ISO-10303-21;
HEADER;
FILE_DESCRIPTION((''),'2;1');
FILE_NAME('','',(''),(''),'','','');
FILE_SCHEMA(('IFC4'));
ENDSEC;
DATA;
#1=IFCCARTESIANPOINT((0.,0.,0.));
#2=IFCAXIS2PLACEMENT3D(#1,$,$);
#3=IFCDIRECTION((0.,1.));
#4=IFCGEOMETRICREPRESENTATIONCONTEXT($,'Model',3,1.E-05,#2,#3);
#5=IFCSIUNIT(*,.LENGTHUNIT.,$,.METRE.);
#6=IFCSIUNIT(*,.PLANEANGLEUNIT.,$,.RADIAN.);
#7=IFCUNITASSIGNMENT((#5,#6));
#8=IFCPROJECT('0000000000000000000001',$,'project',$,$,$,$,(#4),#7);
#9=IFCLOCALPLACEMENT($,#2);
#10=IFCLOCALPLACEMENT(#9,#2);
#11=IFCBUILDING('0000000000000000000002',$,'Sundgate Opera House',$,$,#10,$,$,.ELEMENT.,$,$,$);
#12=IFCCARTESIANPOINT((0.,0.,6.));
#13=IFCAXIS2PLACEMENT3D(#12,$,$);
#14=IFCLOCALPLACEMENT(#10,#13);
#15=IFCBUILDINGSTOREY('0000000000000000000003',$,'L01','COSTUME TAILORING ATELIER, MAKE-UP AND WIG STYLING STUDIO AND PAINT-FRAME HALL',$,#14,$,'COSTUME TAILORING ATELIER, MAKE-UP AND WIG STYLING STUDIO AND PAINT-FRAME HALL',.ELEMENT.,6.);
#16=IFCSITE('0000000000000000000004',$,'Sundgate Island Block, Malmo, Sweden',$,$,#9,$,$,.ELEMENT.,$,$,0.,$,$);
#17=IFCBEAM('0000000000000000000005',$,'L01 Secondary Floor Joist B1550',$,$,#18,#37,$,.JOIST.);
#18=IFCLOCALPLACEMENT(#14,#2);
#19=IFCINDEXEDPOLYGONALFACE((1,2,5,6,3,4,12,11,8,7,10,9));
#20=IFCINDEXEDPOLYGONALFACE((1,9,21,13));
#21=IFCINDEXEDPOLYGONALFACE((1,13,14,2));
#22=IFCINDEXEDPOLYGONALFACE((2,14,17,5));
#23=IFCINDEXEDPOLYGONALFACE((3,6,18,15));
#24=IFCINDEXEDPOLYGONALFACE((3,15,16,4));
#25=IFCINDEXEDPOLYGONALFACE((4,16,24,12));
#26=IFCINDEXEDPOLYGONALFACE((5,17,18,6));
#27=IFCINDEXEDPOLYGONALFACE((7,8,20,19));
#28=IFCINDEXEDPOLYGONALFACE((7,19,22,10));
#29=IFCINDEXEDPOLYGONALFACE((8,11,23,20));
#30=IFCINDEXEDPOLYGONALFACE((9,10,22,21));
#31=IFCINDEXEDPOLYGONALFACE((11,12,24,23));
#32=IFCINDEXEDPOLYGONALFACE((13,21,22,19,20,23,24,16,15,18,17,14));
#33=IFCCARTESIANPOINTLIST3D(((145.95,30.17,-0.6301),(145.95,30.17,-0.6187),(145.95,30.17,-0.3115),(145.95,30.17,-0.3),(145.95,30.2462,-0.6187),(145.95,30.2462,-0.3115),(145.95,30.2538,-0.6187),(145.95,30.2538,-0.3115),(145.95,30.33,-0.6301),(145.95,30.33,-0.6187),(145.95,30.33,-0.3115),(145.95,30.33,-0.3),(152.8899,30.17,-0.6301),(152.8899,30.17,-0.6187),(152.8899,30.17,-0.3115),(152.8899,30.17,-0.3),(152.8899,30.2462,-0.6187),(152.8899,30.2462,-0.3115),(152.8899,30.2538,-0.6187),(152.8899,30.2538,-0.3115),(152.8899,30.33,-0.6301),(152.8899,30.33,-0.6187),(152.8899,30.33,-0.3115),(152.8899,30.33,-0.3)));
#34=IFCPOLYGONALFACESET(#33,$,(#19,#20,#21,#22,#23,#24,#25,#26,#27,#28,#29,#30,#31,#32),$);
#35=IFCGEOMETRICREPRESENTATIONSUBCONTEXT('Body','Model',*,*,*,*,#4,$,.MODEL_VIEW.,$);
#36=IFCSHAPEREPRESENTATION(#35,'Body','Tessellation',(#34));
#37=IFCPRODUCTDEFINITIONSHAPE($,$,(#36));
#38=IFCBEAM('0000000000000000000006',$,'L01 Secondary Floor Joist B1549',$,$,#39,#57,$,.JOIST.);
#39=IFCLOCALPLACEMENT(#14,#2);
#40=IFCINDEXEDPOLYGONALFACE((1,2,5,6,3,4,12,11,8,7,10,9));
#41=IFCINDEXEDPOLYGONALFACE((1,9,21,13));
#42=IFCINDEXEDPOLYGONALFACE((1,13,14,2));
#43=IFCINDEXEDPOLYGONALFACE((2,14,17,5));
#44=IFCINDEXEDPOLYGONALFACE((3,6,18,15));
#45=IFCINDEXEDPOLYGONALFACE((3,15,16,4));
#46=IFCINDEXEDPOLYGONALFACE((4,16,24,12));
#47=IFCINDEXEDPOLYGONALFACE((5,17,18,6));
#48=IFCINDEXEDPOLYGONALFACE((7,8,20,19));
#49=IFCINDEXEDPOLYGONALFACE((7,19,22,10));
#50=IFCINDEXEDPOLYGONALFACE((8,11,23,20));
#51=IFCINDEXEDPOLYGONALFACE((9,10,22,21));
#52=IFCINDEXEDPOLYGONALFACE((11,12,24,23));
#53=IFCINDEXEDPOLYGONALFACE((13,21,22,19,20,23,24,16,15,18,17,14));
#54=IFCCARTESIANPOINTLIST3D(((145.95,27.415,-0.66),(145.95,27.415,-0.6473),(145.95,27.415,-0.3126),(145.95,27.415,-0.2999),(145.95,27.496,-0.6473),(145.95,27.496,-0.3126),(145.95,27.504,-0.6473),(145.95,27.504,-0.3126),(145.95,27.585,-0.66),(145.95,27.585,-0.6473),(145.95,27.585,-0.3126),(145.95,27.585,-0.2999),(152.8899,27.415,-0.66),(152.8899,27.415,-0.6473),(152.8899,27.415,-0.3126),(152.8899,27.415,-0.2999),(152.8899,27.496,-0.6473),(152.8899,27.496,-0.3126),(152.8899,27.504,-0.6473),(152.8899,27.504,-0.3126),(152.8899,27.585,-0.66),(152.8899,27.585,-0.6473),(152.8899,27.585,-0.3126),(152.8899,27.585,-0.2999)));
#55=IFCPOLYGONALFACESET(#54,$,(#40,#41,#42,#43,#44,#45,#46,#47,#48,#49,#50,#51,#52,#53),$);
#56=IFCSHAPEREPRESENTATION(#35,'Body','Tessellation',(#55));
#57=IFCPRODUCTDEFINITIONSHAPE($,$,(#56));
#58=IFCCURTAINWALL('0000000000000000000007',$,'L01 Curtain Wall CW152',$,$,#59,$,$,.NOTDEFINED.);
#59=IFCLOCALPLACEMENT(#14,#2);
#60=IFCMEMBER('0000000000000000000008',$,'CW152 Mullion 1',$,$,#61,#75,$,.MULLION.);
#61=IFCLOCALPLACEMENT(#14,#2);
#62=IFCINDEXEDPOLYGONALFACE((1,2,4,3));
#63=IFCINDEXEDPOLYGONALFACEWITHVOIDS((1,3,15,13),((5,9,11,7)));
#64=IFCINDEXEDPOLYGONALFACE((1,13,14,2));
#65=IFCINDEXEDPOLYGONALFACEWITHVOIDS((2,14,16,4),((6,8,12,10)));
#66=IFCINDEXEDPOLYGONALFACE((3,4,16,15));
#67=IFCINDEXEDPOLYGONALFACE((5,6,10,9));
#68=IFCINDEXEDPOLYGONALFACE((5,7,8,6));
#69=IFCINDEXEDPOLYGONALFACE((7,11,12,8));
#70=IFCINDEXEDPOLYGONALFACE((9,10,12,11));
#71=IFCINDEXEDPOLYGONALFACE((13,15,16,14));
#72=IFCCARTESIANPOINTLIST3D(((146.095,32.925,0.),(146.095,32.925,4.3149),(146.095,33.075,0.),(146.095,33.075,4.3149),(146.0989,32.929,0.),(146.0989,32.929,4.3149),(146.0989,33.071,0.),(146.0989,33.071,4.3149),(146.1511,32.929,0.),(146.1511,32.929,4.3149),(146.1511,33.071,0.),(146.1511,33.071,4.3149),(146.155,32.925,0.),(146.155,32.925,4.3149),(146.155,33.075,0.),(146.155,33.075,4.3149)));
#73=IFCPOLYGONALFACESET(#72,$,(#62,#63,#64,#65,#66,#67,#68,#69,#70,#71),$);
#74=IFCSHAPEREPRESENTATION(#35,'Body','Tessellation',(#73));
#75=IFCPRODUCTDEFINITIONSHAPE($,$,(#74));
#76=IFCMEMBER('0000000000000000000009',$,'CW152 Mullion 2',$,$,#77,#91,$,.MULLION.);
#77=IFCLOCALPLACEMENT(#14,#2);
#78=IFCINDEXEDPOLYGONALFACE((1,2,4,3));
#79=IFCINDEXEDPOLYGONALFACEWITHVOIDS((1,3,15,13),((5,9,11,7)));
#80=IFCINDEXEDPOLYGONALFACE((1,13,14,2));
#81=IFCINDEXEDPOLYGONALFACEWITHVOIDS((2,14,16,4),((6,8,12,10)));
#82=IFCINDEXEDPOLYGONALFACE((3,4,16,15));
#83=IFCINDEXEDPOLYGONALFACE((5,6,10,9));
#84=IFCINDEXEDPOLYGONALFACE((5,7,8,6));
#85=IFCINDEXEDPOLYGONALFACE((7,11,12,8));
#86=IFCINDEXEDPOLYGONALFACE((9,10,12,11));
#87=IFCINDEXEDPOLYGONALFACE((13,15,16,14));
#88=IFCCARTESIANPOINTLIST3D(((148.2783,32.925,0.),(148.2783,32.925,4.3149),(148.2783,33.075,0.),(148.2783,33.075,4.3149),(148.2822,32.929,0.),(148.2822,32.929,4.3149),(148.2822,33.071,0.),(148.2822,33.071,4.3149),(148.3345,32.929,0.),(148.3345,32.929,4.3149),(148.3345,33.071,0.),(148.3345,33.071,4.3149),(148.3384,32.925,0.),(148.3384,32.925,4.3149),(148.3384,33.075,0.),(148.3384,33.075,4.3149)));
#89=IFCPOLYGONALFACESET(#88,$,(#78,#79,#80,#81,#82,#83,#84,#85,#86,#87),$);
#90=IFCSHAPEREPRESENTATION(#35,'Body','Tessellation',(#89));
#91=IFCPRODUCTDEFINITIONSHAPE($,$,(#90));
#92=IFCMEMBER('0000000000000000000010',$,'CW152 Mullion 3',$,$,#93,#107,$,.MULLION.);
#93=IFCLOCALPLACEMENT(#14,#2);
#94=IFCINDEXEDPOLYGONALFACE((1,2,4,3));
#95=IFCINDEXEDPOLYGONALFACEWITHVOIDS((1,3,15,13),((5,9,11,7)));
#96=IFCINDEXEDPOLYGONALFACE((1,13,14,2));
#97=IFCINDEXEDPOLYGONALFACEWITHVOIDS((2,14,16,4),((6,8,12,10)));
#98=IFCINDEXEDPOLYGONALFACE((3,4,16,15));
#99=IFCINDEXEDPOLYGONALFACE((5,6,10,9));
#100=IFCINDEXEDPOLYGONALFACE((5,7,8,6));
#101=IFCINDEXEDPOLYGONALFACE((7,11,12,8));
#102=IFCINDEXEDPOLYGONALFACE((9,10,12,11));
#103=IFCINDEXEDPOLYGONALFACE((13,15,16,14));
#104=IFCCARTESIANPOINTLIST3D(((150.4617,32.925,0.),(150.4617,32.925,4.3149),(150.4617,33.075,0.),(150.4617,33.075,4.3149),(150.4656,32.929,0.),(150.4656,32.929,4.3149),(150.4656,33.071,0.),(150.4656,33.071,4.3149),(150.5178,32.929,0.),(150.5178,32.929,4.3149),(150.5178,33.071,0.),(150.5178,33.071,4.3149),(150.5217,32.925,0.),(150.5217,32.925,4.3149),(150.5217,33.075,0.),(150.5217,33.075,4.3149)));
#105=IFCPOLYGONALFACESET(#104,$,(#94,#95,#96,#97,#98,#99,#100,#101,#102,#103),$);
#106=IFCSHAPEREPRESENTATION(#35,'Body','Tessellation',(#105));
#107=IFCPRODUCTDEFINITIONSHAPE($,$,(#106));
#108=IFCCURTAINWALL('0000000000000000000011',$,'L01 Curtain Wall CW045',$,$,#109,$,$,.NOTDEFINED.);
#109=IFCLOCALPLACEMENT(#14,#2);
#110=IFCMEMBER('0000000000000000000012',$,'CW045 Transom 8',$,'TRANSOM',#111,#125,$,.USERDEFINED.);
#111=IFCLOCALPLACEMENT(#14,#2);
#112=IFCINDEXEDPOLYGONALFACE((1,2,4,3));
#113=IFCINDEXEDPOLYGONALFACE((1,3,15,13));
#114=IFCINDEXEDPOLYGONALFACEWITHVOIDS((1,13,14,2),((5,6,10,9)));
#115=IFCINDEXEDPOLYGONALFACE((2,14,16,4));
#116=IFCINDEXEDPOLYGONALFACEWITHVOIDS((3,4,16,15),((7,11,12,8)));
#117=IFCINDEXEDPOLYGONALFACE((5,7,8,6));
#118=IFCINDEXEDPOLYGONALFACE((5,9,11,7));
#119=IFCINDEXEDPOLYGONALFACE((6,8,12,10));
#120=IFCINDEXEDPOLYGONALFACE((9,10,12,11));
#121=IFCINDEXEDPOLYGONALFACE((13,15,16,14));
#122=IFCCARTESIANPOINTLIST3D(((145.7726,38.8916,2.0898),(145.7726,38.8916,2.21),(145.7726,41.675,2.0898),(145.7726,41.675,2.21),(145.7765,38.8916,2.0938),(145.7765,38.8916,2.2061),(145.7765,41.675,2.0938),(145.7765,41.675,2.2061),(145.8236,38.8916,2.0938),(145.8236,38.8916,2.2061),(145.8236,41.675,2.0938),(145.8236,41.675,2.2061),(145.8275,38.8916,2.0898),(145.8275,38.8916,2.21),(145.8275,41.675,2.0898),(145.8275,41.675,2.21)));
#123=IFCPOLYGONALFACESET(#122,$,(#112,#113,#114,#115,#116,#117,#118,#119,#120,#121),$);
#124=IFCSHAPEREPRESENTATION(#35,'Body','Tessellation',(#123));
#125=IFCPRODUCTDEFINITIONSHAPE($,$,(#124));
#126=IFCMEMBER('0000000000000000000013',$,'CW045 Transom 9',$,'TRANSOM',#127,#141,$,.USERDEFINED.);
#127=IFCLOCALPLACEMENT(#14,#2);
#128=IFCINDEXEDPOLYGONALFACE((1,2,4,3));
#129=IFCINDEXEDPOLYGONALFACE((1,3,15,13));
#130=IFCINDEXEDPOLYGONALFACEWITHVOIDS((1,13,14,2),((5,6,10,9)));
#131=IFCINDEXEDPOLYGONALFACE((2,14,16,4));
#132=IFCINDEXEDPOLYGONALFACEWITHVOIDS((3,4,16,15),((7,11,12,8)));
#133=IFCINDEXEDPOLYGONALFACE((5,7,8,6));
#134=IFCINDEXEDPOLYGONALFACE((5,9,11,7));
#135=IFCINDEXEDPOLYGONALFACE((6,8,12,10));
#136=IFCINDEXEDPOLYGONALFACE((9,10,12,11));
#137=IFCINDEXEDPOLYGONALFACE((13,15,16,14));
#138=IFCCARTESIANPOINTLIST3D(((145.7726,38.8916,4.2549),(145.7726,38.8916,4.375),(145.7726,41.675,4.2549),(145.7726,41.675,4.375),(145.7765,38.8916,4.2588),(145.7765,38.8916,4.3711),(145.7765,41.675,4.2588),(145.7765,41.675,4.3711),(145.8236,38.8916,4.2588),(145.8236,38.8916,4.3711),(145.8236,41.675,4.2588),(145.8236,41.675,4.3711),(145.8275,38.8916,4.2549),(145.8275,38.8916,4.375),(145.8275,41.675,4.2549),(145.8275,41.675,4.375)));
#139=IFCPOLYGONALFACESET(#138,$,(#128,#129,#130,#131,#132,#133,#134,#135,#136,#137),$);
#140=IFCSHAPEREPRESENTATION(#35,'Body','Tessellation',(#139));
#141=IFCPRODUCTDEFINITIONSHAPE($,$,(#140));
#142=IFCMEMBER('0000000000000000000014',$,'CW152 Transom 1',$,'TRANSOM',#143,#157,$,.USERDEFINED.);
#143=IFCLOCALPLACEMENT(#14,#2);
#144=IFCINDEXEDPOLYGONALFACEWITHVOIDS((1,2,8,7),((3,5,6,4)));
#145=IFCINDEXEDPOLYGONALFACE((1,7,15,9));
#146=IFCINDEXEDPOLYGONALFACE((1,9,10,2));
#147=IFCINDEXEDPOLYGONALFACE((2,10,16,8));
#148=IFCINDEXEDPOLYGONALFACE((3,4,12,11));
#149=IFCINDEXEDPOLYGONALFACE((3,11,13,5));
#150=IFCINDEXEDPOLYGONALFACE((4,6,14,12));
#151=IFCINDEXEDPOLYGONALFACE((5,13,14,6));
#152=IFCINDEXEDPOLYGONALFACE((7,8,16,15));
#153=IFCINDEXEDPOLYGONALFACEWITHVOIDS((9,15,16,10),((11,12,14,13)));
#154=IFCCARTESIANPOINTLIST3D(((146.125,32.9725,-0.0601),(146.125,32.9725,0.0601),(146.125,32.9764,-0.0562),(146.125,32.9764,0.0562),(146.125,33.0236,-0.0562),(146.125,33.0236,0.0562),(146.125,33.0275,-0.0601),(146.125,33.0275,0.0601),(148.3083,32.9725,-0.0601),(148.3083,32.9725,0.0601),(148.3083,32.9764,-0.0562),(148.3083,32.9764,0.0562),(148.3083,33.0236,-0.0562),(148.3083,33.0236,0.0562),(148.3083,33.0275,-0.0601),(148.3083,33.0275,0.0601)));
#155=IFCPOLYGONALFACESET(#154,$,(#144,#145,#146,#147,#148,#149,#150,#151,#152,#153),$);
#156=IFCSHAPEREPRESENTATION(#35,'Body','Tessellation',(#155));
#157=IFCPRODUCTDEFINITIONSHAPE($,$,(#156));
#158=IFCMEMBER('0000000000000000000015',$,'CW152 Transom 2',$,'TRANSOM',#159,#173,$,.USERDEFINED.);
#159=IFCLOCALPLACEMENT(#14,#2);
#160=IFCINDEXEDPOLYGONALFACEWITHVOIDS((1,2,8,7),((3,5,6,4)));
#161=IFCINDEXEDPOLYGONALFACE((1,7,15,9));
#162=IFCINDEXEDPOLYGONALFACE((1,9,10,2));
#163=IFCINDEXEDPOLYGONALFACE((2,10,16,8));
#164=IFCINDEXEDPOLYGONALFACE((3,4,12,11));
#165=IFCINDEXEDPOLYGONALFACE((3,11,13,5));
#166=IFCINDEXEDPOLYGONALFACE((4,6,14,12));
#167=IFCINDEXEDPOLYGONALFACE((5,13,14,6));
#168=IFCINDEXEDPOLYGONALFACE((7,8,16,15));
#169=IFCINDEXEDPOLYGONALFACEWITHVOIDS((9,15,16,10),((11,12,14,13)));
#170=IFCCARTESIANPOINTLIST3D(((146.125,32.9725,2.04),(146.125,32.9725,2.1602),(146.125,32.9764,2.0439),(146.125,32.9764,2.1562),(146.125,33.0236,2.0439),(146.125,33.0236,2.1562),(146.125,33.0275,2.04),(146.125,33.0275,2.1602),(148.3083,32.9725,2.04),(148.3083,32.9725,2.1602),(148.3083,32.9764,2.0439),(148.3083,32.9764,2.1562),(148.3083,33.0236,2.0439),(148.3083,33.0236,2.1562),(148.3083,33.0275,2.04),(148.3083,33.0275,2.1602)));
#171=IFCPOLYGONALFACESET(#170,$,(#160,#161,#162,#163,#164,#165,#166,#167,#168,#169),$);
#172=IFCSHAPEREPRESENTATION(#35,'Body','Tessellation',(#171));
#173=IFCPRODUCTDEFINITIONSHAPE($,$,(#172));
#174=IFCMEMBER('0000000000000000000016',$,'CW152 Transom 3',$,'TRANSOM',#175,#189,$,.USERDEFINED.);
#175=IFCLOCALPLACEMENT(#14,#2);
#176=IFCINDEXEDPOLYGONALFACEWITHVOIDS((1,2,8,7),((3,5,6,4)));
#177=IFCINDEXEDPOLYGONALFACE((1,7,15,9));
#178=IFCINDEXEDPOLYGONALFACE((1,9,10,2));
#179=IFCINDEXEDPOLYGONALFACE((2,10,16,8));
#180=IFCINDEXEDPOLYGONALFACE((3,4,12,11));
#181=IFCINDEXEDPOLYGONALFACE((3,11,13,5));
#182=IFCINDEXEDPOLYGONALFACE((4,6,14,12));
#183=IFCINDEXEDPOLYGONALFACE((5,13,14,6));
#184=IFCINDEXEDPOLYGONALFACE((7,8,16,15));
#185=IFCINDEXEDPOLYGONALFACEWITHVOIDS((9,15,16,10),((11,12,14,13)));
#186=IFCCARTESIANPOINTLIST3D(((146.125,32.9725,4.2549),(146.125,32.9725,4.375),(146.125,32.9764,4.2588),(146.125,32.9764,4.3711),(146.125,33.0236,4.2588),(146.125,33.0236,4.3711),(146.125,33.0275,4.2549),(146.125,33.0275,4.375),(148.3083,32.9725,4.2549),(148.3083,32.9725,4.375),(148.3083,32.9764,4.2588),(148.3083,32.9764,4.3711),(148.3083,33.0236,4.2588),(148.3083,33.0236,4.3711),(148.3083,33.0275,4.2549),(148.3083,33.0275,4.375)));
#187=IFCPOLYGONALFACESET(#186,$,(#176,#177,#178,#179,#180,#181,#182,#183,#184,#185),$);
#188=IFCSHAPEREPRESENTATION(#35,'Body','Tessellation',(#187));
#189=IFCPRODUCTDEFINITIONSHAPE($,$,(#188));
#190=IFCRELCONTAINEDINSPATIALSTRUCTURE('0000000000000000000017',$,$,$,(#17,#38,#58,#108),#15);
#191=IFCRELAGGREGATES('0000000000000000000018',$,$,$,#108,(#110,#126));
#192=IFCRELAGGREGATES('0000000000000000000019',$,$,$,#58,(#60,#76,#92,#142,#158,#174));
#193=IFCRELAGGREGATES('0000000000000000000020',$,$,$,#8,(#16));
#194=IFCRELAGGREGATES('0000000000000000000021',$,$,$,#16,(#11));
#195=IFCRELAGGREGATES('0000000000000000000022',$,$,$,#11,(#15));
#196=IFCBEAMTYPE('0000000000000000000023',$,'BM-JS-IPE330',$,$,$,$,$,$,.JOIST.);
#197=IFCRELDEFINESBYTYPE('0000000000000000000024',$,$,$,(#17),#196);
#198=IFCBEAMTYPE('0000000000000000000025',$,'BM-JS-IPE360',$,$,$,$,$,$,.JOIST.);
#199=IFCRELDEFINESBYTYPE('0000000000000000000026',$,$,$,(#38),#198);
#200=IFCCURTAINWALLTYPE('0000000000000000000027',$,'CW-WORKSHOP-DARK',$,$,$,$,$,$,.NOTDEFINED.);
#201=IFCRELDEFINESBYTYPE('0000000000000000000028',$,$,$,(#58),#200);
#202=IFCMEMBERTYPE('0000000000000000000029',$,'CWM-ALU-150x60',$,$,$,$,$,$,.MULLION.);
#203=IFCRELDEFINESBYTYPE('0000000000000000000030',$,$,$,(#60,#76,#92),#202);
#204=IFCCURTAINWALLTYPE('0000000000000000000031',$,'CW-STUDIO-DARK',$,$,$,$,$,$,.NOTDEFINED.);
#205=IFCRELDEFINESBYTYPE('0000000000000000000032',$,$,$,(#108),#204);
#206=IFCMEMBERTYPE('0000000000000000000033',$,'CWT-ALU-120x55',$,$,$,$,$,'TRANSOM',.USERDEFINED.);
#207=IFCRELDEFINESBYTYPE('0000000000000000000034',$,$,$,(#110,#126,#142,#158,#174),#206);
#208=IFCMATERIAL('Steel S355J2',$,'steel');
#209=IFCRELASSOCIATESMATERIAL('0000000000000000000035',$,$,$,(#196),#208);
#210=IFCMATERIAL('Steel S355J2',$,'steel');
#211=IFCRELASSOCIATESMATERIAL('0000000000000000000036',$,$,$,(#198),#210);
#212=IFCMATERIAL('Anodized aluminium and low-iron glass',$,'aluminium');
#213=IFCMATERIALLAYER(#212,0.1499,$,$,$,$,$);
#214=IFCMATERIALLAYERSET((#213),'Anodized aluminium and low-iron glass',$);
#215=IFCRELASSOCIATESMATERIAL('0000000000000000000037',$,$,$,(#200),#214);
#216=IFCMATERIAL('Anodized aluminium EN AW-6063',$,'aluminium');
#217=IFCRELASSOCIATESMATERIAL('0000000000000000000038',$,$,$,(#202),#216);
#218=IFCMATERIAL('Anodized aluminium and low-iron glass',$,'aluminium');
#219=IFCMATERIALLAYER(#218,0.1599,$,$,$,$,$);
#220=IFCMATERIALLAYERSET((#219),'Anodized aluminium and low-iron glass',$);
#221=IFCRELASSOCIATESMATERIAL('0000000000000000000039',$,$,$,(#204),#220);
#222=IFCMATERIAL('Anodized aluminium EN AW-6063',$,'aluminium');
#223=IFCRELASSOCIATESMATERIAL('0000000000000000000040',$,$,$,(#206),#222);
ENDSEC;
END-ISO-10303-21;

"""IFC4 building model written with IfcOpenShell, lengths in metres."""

from ifc_helpers import new_model, si_unit, direction, frame, origin, origin_2d, place, context, subcontext, project, spatial, hollow_rectangle, i_section, extrude, material, layer, layer_set, material_profile, profile_set, type_object, element, aggregate, save


model = new_model("IFC4")

# Units and contexts
model_context = context("Model", 3, precision=1e-05, world=origin(), true_north=direction((0.0, 1.0)))
body_context = subcontext(model_context, "Body", "Model", "MODEL_VIEW")
ifc_project = project(units=[si_unit("LENGTHUNIT", "METRE"), si_unit("PLANEANGLEUNIT", "RADIAN")], contexts=[model_context])

# Site, building, storey
site_placement = place(None, origin())
site = spatial("IfcSite", under=ifc_project, at=site_placement, Name="Sundgate Island Block, Malmo, Sweden", CompositionType="ELEMENT", RefElevation=0.0)
building_placement = place(site_placement, origin())
building = spatial("IfcBuilding", under=site, at=building_placement, Name="Sundgate Opera House", CompositionType="ELEMENT")
storey_placement = place(building_placement, frame((0.0, 0.0, 6.0)))
storey = spatial("IfcBuildingStorey", under=building, at=storey_placement, Name="L01", Description="COSTUME TAILORING ATELIER, MAKE-UP AND WIG STYLING STUDIO AND PAINT-FRAME HALL", LongName="COSTUME TAILORING ATELIER, MAKE-UP AND WIG STYLING STUDIO AND PAINT-FRAME HALL", CompositionType="ELEMENT", Elevation=6.0)

# Beams
ifc_material_1 = material(Name="Steel S355J2", Category="steel")
ifc_material_profile_1 = material_profile(ifc_material_1, i_section(OverallWidth=0.1599, OverallDepth=0.3301, WebThickness=0.0076, FlangeThickness=0.0115, at=origin_2d()), Name="IPE 330")
ifc_profile_set_1 = profile_set([ifc_material_profile_1], Name="Steel S355J2")
beam_type_1 = type_object("IfcBeamType", Name="BM-JS-IPE330", PredefinedType="JOIST", material=ifc_profile_set_1)
beam_1_placement = place(storey_placement, frame((145.95, 30.25, -0.4651), z_axis=(1.0, 0.0, 0.0), x_axis=(0.0, 1.0, 0.0)))
element("IfcBeam", 1, at=beam_1_placement, inside=storey, type_object=beam_type_1, Name="L01 Secondary Floor Joist B1550", PredefinedType="JOIST", context=body_context, shape_type="SweptSolid", body=[
    extrude(i_section(OverallWidth=0.1599, OverallDepth=0.3301, WebThickness=0.0076, FlangeThickness=0.0115, at=origin_2d()), origin(), (0.0, 0.0, 1.0), 6.9399),
])
ifc_material_2 = material(Name="Steel S355J2", Category="steel")
ifc_material_profile_2 = material_profile(ifc_material_2, i_section(OverallWidth=0.1699, OverallDepth=0.3601, WebThickness=0.0081, FlangeThickness=0.0127, at=origin_2d()), Name="IPE 360")
ifc_profile_set_2 = profile_set([ifc_material_profile_2], Name="Steel S355J2")
beam_type_2 = type_object("IfcBeamType", Name="BM-JS-IPE360", PredefinedType="JOIST", material=ifc_profile_set_2)
beam_2_placement = place(storey_placement, frame((145.95, 27.5, -0.48), z_axis=(1.0, 0.0, 0.0), x_axis=(0.0, 1.0, 0.0)))
element("IfcBeam", 2, at=beam_2_placement, inside=storey, type_object=beam_type_2, Name="L01 Secondary Floor Joist B1549", PredefinedType="JOIST", context=body_context, shape_type="SweptSolid", body=[
    extrude(i_section(OverallWidth=0.1699, OverallDepth=0.3601, WebThickness=0.0081, FlangeThickness=0.0127, at=origin_2d()), origin(), (0.0, 0.0, 1.0), 6.9399),
])

# Curtain walls, members
ifc_material_3 = material(Name="Anodized aluminium and low-iron glass", Category="aluminium")
ifc_layer_1 = layer(ifc_material_3, 0.1499)
ifc_layer_set_1 = layer_set([ifc_layer_1], Name="Anodized aluminium and low-iron glass")
curtain_wall_type_1 = type_object("IfcCurtainWallType", Name="CW-WORKSHOP-DARK", PredefinedType="NOTDEFINED", material=ifc_layer_set_1)
curtain_wall_1_placement = place(storey_placement, origin())
curtain_wall_1 = element("IfcCurtainWall", 3, at=curtain_wall_1_placement, inside=storey, type_object=curtain_wall_type_1, Name="L01 Curtain Wall CW152", PredefinedType="NOTDEFINED")
ifc_material_4 = material(Name="Anodized aluminium EN AW-6063", Category="aluminium")
ifc_material_profile_3 = material_profile(ifc_material_4, hollow_rectangle(XDim=0.0601, YDim=0.1499, WallThickness=0.0039, at=origin_2d()), Name="CWM 150x60x4")
ifc_profile_set_3 = profile_set([ifc_material_profile_3], Name="Anodized aluminium EN AW-6063")
member_type_1 = type_object("IfcMemberType", Name="CWM-ALU-150x60", PredefinedType="MULLION", material=ifc_profile_set_3)
member_1_placement = place(storey_placement, frame((146.125, 33.0, 0.0), z_axis=(0.0, 0.0, 1.0), x_axis=(1.0, 0.0, 0.0)))
member_1 = element("IfcMember", 4, at=member_1_placement, type_object=member_type_1, Name="CW152 Mullion 1", PredefinedType="MULLION", context=body_context, shape_type="SweptSolid", body=[
    extrude(hollow_rectangle(XDim=0.0601, YDim=0.1499, WallThickness=0.0039, at=origin_2d()), origin(), (0.0, 0.0, 1.0), 4.3149),
])
member_2_placement = place(storey_placement, frame((148.3083, 33.0, 0.0), z_axis=(0.0, 0.0, 1.0), x_axis=(1.0, 0.0, 0.0)))
member_2 = element("IfcMember", 5, at=member_2_placement, type_object=member_type_1, Name="CW152 Mullion 2", PredefinedType="MULLION", context=body_context, shape_type="SweptSolid", body=[
    extrude(hollow_rectangle(XDim=0.0601, YDim=0.1499, WallThickness=0.0039, at=origin_2d()), origin(), (0.0, 0.0, 1.0), 4.3149),
])
member_3_placement = place(storey_placement, frame((150.4917, 33.0, 0.0), z_axis=(0.0, 0.0, 1.0), x_axis=(1.0, 0.0, 0.0)))
member_3 = element("IfcMember", 6, at=member_3_placement, type_object=member_type_1, Name="CW152 Mullion 3", PredefinedType="MULLION", context=body_context, shape_type="SweptSolid", body=[
    extrude(hollow_rectangle(XDim=0.0601, YDim=0.1499, WallThickness=0.0039, at=origin_2d()), origin(), (0.0, 0.0, 1.0), 4.3149),
])
ifc_material_5 = material(Name="Anodized aluminium and low-iron glass", Category="aluminium")
ifc_layer_2 = layer(ifc_material_5, 0.1599)
ifc_layer_set_2 = layer_set([ifc_layer_2], Name="Anodized aluminium and low-iron glass")
curtain_wall_type_2 = type_object("IfcCurtainWallType", Name="CW-STUDIO-DARK", PredefinedType="NOTDEFINED", material=ifc_layer_set_2)
curtain_wall_2_placement = place(storey_placement, origin())
curtain_wall_2 = element("IfcCurtainWall", 7, at=curtain_wall_2_placement, inside=storey, type_object=curtain_wall_type_2, Name="L01 Curtain Wall CW045", PredefinedType="NOTDEFINED")
ifc_material_6 = material(Name="Anodized aluminium EN AW-6063", Category="aluminium")
ifc_material_profile_4 = material_profile(ifc_material_6, hollow_rectangle(XDim=0.0549, YDim=0.1201, WallThickness=0.0039, at=origin_2d()), Name="CWT 120x55x4")
ifc_profile_set_4 = profile_set([ifc_material_profile_4], Name="Anodized aluminium EN AW-6063")
member_type_2 = type_object("IfcMemberType", Name="CWT-ALU-120x55", ElementType="TRANSOM", PredefinedType="USERDEFINED", material=ifc_profile_set_4)
member_4_placement = place(storey_placement, frame((145.8, 38.8916, 2.1499), z_axis=(0.0, 1.0, 0.0), x_axis=(-1.0, 0.0, 0.0)))
member_4 = element("IfcMember", 8, at=member_4_placement, type_object=member_type_2, Name="CW045 Transom 8", ObjectType="TRANSOM", PredefinedType="USERDEFINED", context=body_context, shape_type="SweptSolid", body=[
    extrude(hollow_rectangle(XDim=0.0549, YDim=0.1201, WallThickness=0.0039, at=origin_2d()), origin(), (0.0, 0.0, 1.0), 2.7834),
])
member_5_placement = place(storey_placement, frame((145.8, 38.8916, 4.3149), z_axis=(0.0, 1.0, 0.0), x_axis=(-1.0, 0.0, 0.0)))
member_5 = element("IfcMember", 9, at=member_5_placement, type_object=member_type_2, Name="CW045 Transom 9", ObjectType="TRANSOM", PredefinedType="USERDEFINED", context=body_context, shape_type="SweptSolid", body=[
    extrude(hollow_rectangle(XDim=0.0549, YDim=0.1201, WallThickness=0.0039, at=origin_2d()), origin(), (0.0, 0.0, 1.0), 2.7834),
])

# Members
member_6_placement = place(storey_placement, frame((146.125, 33.0, 0.0), z_axis=(1.0, 0.0, 0.0), x_axis=(0.0, 1.0, 0.0)))
member_6 = element("IfcMember", 10, at=member_6_placement, type_object=member_type_2, Name="CW152 Transom 1", ObjectType="TRANSOM", PredefinedType="USERDEFINED", context=body_context, shape_type="SweptSolid", body=[
    extrude(hollow_rectangle(XDim=0.0549, YDim=0.1201, WallThickness=0.0039, at=origin_2d()), origin(), (0.0, 0.0, 1.0), 2.1833),
])
member_7_placement = place(storey_placement, frame((146.125, 33.0, 2.1001), z_axis=(1.0, 0.0, 0.0), x_axis=(0.0, 1.0, 0.0)))
member_7 = element("IfcMember", 11, at=member_7_placement, type_object=member_type_2, Name="CW152 Transom 2", ObjectType="TRANSOM", PredefinedType="USERDEFINED", context=body_context, shape_type="SweptSolid", body=[
    extrude(hollow_rectangle(XDim=0.0549, YDim=0.1201, WallThickness=0.0039, at=origin_2d()), origin(), (0.0, 0.0, 1.0), 2.1833),
])
member_8_placement = place(storey_placement, frame((146.125, 33.0, 4.3149), z_axis=(1.0, 0.0, 0.0), x_axis=(0.0, 1.0, 0.0)))
member_8 = element("IfcMember", 12, at=member_8_placement, type_object=member_type_2, Name="CW152 Transom 3", ObjectType="TRANSOM", PredefinedType="USERDEFINED", context=body_context, shape_type="SweptSolid", body=[
    extrude(hollow_rectangle(XDim=0.0549, YDim=0.1201, WallThickness=0.0039, at=origin_2d()), origin(), (0.0, 0.0, 1.0), 2.1833),
])

aggregate(curtain_wall_2, [member_4, member_5])
aggregate(curtain_wall_1, [member_1, member_2, member_3, member_6, member_7, member_8])

save(model, "model.ifc")
